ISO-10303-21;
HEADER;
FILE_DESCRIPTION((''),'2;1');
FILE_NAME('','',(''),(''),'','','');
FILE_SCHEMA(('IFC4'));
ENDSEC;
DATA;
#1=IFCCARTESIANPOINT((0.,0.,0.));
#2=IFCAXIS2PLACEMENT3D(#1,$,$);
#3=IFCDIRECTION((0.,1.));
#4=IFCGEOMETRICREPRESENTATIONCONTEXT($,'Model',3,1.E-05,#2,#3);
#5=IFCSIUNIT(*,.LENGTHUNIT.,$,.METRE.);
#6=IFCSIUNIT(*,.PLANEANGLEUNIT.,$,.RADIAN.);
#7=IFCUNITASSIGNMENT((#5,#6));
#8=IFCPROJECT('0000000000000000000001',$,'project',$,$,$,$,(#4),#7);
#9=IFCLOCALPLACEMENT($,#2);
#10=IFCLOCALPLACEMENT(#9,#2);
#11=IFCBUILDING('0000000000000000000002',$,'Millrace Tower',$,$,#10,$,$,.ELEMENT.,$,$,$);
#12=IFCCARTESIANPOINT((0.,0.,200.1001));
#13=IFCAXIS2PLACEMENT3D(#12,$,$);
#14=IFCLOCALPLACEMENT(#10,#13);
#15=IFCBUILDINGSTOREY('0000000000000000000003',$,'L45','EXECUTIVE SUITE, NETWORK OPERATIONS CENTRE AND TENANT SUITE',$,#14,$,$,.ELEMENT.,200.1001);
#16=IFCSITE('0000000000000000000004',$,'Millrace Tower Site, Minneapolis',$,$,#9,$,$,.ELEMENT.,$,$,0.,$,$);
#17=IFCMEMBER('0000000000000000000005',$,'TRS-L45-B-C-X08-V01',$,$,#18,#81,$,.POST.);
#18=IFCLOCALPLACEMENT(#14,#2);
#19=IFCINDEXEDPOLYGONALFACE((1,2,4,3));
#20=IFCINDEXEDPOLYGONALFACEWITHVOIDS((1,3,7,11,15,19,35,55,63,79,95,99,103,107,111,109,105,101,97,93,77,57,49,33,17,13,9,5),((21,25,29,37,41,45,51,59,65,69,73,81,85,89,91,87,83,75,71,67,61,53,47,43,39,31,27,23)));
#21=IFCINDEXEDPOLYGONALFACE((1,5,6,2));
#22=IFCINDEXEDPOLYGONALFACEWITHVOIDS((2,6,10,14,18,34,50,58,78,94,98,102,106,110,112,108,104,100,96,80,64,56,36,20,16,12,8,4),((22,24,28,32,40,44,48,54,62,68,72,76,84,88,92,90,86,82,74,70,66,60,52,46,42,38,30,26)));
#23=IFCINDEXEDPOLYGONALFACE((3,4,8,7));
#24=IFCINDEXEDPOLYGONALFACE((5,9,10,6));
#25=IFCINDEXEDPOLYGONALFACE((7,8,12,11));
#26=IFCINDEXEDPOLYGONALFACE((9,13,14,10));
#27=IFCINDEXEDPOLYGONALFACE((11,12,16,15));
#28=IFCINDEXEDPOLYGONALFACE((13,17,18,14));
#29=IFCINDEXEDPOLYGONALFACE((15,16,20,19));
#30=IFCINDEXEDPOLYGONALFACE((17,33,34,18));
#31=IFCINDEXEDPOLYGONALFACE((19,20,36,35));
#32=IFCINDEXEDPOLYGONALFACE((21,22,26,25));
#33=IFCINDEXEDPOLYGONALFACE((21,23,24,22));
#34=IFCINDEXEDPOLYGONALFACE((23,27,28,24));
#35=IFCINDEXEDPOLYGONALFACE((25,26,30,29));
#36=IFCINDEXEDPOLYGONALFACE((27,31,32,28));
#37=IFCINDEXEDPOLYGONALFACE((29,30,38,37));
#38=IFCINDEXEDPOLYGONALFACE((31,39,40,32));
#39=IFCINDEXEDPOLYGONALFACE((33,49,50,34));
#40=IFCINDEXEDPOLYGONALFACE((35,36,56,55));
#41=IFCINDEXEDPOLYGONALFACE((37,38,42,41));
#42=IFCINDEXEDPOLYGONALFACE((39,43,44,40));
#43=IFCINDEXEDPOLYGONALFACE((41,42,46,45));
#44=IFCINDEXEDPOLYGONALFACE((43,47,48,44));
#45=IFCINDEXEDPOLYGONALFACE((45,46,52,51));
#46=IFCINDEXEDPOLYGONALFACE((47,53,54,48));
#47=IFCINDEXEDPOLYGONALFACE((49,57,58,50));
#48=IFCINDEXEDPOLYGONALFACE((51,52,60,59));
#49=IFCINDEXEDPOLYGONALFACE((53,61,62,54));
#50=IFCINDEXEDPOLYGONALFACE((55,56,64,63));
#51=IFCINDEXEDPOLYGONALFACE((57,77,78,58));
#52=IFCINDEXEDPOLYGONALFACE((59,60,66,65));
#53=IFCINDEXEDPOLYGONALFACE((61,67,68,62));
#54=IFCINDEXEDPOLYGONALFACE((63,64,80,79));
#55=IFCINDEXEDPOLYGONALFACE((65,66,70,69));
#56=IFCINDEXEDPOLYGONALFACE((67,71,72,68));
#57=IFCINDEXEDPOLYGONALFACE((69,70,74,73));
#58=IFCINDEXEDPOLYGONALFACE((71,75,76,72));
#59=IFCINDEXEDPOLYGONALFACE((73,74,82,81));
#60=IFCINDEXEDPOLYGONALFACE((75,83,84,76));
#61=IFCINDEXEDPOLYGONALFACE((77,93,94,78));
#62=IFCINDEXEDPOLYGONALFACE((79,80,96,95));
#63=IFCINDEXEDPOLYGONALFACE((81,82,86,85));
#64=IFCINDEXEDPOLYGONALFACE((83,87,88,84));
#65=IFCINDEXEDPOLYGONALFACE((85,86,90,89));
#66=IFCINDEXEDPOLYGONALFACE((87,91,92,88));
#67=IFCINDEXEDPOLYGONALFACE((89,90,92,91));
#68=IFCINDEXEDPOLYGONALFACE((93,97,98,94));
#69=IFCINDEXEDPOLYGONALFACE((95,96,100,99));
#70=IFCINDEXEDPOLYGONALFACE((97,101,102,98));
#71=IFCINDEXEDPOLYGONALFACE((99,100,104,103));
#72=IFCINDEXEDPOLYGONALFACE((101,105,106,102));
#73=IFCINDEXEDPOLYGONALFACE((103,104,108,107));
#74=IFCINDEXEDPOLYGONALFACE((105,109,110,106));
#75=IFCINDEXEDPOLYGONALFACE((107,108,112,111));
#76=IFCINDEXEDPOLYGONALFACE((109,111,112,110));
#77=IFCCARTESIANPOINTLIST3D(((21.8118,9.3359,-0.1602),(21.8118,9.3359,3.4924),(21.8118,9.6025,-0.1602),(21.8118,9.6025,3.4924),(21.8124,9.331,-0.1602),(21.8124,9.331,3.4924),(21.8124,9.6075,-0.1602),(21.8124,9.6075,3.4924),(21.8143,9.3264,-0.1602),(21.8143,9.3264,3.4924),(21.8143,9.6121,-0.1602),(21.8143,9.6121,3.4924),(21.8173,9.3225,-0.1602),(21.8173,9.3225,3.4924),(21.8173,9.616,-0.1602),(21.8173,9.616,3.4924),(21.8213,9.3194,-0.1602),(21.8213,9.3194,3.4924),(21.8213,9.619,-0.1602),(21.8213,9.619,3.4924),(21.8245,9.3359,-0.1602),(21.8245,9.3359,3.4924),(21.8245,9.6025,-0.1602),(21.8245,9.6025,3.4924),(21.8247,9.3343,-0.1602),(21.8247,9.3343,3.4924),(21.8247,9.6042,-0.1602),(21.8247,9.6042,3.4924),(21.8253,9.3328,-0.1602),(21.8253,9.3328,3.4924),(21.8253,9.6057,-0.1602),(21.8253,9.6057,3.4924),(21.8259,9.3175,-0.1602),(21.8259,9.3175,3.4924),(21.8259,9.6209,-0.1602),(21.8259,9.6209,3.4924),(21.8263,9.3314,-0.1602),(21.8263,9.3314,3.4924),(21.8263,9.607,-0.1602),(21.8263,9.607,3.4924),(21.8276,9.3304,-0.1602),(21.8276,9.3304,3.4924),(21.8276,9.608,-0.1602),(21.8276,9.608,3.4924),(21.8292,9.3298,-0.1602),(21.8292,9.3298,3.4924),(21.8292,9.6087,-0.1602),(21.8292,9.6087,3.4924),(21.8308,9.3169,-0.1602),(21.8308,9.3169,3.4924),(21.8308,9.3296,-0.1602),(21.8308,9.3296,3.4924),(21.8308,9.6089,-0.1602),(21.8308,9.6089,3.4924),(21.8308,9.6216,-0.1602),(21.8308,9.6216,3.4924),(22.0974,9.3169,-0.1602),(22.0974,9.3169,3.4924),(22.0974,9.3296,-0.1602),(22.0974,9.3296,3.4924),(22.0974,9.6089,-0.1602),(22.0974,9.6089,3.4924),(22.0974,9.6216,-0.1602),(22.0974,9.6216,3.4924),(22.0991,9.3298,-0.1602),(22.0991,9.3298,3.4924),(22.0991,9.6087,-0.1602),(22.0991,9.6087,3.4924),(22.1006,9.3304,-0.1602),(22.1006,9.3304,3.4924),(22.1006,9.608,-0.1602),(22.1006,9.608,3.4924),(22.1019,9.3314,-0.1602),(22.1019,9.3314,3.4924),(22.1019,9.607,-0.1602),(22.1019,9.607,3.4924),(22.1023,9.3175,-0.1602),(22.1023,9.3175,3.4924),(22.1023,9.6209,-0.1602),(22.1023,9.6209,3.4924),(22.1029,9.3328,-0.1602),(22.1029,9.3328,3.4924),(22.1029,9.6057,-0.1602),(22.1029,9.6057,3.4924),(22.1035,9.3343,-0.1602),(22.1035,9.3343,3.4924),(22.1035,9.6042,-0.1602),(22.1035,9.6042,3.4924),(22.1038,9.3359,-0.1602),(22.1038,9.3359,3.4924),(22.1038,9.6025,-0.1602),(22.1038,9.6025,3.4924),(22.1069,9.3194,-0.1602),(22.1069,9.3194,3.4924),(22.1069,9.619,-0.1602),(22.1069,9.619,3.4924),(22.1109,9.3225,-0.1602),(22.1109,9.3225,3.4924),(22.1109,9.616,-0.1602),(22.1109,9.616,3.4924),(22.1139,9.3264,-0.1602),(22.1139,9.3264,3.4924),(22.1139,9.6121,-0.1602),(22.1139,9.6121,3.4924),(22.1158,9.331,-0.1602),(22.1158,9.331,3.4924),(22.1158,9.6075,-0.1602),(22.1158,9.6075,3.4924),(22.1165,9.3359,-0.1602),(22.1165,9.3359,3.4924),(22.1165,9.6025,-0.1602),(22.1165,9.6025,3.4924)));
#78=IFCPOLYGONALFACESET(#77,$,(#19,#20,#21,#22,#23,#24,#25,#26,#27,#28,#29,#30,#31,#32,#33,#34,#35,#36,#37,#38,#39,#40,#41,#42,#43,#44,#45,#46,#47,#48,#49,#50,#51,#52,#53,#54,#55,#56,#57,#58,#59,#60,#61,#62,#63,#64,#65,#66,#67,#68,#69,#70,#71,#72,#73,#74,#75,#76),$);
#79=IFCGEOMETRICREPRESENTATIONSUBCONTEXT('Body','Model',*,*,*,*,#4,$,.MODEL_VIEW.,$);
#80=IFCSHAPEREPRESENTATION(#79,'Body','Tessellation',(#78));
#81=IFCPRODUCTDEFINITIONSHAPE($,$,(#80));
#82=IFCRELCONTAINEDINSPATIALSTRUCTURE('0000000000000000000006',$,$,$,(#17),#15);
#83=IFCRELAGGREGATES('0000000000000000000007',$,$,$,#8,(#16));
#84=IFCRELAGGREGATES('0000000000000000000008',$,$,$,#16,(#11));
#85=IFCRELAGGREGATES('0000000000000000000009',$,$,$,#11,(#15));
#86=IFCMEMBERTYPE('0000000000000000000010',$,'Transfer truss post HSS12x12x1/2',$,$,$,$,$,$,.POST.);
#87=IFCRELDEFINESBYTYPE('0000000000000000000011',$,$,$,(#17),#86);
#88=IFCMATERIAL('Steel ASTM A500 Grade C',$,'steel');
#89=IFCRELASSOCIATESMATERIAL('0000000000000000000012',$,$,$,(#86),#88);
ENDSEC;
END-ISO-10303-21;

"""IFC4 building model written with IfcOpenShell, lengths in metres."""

from ifc_helpers import new_model, si_unit, direction, frame, origin, origin_2d, place, context, subcontext, project, spatial, hollow_rectangle, extrude, material, material_profile, profile_set, type_object, element, save


model = new_model("IFC4")

# Units and contexts
model_context = context("Model", 3, precision=1e-05, world=origin(), true_north=direction((0.0, 1.0)))
body_context = subcontext(model_context, "Body", "Model", "MODEL_VIEW")
ifc_project = project(units=[si_unit("LENGTHUNIT", "METRE"), si_unit("PLANEANGLEUNIT", "RADIAN")], contexts=[model_context])

# Site, building, storey
site_placement = place(None, origin())
site = spatial("IfcSite", under=ifc_project, at=site_placement, Name="Millrace Tower Site, Minneapolis", CompositionType="ELEMENT", RefElevation=0.0)
building_placement = place(site_placement, origin())
building = spatial("IfcBuilding", under=site, at=building_placement, Name="Millrace Tower", CompositionType="ELEMENT")
storey_placement = place(building_placement, frame((0.0, 0.0, 200.1001)))
storey = spatial("IfcBuildingStorey", under=building, at=storey_placement, Name="L45", Description="EXECUTIVE SUITE, NETWORK OPERATIONS CENTRE AND TENANT SUITE", CompositionType="ELEMENT", Elevation=200.1001)

# Member
ifc_material_1 = material(Name="Steel ASTM A500 Grade C", Category="steel")
ifc_material_profile_1 = material_profile(ifc_material_1, hollow_rectangle(XDim=0.3047, YDim=0.3047, WallThickness=0.0127, InnerFilletRadius=0.0063, OuterFilletRadius=0.019, at=origin_2d()))
ifc_profile_set_1 = profile_set([ifc_material_profile_1], Name="Steel ASTM A500 Grade C")
member_type_1 = type_object("IfcMemberType", Name="Transfer truss post HSS12x12x1/2", PredefinedType="POST", material=ifc_profile_set_1)
for number, where, z_axis, x_axis, name in (
    (1, (21.9641, 9.4692, -0.1602), (0.0, 0.0, 1.0), (1.0, 0.0, 0.0), "TRS-L45-B-C-X08-V01"),
):
    element("IfcMember", number, at=place(storey_placement, frame(where, z_axis=z_axis, x_axis=x_axis)), inside=storey, type_object=member_type_1, Name=name, PredefinedType="POST", context=body_context, shape_type="SweptSolid", body=[
        extrude(hollow_rectangle(XDim=0.3047, YDim=0.3047, WallThickness=0.0127, InnerFilletRadius=0.0063, OuterFilletRadius=0.019, at=origin_2d()), origin(), (0.0, 0.0, 1.0), 3.6526),
    ])

save(model, "model.ifc")
